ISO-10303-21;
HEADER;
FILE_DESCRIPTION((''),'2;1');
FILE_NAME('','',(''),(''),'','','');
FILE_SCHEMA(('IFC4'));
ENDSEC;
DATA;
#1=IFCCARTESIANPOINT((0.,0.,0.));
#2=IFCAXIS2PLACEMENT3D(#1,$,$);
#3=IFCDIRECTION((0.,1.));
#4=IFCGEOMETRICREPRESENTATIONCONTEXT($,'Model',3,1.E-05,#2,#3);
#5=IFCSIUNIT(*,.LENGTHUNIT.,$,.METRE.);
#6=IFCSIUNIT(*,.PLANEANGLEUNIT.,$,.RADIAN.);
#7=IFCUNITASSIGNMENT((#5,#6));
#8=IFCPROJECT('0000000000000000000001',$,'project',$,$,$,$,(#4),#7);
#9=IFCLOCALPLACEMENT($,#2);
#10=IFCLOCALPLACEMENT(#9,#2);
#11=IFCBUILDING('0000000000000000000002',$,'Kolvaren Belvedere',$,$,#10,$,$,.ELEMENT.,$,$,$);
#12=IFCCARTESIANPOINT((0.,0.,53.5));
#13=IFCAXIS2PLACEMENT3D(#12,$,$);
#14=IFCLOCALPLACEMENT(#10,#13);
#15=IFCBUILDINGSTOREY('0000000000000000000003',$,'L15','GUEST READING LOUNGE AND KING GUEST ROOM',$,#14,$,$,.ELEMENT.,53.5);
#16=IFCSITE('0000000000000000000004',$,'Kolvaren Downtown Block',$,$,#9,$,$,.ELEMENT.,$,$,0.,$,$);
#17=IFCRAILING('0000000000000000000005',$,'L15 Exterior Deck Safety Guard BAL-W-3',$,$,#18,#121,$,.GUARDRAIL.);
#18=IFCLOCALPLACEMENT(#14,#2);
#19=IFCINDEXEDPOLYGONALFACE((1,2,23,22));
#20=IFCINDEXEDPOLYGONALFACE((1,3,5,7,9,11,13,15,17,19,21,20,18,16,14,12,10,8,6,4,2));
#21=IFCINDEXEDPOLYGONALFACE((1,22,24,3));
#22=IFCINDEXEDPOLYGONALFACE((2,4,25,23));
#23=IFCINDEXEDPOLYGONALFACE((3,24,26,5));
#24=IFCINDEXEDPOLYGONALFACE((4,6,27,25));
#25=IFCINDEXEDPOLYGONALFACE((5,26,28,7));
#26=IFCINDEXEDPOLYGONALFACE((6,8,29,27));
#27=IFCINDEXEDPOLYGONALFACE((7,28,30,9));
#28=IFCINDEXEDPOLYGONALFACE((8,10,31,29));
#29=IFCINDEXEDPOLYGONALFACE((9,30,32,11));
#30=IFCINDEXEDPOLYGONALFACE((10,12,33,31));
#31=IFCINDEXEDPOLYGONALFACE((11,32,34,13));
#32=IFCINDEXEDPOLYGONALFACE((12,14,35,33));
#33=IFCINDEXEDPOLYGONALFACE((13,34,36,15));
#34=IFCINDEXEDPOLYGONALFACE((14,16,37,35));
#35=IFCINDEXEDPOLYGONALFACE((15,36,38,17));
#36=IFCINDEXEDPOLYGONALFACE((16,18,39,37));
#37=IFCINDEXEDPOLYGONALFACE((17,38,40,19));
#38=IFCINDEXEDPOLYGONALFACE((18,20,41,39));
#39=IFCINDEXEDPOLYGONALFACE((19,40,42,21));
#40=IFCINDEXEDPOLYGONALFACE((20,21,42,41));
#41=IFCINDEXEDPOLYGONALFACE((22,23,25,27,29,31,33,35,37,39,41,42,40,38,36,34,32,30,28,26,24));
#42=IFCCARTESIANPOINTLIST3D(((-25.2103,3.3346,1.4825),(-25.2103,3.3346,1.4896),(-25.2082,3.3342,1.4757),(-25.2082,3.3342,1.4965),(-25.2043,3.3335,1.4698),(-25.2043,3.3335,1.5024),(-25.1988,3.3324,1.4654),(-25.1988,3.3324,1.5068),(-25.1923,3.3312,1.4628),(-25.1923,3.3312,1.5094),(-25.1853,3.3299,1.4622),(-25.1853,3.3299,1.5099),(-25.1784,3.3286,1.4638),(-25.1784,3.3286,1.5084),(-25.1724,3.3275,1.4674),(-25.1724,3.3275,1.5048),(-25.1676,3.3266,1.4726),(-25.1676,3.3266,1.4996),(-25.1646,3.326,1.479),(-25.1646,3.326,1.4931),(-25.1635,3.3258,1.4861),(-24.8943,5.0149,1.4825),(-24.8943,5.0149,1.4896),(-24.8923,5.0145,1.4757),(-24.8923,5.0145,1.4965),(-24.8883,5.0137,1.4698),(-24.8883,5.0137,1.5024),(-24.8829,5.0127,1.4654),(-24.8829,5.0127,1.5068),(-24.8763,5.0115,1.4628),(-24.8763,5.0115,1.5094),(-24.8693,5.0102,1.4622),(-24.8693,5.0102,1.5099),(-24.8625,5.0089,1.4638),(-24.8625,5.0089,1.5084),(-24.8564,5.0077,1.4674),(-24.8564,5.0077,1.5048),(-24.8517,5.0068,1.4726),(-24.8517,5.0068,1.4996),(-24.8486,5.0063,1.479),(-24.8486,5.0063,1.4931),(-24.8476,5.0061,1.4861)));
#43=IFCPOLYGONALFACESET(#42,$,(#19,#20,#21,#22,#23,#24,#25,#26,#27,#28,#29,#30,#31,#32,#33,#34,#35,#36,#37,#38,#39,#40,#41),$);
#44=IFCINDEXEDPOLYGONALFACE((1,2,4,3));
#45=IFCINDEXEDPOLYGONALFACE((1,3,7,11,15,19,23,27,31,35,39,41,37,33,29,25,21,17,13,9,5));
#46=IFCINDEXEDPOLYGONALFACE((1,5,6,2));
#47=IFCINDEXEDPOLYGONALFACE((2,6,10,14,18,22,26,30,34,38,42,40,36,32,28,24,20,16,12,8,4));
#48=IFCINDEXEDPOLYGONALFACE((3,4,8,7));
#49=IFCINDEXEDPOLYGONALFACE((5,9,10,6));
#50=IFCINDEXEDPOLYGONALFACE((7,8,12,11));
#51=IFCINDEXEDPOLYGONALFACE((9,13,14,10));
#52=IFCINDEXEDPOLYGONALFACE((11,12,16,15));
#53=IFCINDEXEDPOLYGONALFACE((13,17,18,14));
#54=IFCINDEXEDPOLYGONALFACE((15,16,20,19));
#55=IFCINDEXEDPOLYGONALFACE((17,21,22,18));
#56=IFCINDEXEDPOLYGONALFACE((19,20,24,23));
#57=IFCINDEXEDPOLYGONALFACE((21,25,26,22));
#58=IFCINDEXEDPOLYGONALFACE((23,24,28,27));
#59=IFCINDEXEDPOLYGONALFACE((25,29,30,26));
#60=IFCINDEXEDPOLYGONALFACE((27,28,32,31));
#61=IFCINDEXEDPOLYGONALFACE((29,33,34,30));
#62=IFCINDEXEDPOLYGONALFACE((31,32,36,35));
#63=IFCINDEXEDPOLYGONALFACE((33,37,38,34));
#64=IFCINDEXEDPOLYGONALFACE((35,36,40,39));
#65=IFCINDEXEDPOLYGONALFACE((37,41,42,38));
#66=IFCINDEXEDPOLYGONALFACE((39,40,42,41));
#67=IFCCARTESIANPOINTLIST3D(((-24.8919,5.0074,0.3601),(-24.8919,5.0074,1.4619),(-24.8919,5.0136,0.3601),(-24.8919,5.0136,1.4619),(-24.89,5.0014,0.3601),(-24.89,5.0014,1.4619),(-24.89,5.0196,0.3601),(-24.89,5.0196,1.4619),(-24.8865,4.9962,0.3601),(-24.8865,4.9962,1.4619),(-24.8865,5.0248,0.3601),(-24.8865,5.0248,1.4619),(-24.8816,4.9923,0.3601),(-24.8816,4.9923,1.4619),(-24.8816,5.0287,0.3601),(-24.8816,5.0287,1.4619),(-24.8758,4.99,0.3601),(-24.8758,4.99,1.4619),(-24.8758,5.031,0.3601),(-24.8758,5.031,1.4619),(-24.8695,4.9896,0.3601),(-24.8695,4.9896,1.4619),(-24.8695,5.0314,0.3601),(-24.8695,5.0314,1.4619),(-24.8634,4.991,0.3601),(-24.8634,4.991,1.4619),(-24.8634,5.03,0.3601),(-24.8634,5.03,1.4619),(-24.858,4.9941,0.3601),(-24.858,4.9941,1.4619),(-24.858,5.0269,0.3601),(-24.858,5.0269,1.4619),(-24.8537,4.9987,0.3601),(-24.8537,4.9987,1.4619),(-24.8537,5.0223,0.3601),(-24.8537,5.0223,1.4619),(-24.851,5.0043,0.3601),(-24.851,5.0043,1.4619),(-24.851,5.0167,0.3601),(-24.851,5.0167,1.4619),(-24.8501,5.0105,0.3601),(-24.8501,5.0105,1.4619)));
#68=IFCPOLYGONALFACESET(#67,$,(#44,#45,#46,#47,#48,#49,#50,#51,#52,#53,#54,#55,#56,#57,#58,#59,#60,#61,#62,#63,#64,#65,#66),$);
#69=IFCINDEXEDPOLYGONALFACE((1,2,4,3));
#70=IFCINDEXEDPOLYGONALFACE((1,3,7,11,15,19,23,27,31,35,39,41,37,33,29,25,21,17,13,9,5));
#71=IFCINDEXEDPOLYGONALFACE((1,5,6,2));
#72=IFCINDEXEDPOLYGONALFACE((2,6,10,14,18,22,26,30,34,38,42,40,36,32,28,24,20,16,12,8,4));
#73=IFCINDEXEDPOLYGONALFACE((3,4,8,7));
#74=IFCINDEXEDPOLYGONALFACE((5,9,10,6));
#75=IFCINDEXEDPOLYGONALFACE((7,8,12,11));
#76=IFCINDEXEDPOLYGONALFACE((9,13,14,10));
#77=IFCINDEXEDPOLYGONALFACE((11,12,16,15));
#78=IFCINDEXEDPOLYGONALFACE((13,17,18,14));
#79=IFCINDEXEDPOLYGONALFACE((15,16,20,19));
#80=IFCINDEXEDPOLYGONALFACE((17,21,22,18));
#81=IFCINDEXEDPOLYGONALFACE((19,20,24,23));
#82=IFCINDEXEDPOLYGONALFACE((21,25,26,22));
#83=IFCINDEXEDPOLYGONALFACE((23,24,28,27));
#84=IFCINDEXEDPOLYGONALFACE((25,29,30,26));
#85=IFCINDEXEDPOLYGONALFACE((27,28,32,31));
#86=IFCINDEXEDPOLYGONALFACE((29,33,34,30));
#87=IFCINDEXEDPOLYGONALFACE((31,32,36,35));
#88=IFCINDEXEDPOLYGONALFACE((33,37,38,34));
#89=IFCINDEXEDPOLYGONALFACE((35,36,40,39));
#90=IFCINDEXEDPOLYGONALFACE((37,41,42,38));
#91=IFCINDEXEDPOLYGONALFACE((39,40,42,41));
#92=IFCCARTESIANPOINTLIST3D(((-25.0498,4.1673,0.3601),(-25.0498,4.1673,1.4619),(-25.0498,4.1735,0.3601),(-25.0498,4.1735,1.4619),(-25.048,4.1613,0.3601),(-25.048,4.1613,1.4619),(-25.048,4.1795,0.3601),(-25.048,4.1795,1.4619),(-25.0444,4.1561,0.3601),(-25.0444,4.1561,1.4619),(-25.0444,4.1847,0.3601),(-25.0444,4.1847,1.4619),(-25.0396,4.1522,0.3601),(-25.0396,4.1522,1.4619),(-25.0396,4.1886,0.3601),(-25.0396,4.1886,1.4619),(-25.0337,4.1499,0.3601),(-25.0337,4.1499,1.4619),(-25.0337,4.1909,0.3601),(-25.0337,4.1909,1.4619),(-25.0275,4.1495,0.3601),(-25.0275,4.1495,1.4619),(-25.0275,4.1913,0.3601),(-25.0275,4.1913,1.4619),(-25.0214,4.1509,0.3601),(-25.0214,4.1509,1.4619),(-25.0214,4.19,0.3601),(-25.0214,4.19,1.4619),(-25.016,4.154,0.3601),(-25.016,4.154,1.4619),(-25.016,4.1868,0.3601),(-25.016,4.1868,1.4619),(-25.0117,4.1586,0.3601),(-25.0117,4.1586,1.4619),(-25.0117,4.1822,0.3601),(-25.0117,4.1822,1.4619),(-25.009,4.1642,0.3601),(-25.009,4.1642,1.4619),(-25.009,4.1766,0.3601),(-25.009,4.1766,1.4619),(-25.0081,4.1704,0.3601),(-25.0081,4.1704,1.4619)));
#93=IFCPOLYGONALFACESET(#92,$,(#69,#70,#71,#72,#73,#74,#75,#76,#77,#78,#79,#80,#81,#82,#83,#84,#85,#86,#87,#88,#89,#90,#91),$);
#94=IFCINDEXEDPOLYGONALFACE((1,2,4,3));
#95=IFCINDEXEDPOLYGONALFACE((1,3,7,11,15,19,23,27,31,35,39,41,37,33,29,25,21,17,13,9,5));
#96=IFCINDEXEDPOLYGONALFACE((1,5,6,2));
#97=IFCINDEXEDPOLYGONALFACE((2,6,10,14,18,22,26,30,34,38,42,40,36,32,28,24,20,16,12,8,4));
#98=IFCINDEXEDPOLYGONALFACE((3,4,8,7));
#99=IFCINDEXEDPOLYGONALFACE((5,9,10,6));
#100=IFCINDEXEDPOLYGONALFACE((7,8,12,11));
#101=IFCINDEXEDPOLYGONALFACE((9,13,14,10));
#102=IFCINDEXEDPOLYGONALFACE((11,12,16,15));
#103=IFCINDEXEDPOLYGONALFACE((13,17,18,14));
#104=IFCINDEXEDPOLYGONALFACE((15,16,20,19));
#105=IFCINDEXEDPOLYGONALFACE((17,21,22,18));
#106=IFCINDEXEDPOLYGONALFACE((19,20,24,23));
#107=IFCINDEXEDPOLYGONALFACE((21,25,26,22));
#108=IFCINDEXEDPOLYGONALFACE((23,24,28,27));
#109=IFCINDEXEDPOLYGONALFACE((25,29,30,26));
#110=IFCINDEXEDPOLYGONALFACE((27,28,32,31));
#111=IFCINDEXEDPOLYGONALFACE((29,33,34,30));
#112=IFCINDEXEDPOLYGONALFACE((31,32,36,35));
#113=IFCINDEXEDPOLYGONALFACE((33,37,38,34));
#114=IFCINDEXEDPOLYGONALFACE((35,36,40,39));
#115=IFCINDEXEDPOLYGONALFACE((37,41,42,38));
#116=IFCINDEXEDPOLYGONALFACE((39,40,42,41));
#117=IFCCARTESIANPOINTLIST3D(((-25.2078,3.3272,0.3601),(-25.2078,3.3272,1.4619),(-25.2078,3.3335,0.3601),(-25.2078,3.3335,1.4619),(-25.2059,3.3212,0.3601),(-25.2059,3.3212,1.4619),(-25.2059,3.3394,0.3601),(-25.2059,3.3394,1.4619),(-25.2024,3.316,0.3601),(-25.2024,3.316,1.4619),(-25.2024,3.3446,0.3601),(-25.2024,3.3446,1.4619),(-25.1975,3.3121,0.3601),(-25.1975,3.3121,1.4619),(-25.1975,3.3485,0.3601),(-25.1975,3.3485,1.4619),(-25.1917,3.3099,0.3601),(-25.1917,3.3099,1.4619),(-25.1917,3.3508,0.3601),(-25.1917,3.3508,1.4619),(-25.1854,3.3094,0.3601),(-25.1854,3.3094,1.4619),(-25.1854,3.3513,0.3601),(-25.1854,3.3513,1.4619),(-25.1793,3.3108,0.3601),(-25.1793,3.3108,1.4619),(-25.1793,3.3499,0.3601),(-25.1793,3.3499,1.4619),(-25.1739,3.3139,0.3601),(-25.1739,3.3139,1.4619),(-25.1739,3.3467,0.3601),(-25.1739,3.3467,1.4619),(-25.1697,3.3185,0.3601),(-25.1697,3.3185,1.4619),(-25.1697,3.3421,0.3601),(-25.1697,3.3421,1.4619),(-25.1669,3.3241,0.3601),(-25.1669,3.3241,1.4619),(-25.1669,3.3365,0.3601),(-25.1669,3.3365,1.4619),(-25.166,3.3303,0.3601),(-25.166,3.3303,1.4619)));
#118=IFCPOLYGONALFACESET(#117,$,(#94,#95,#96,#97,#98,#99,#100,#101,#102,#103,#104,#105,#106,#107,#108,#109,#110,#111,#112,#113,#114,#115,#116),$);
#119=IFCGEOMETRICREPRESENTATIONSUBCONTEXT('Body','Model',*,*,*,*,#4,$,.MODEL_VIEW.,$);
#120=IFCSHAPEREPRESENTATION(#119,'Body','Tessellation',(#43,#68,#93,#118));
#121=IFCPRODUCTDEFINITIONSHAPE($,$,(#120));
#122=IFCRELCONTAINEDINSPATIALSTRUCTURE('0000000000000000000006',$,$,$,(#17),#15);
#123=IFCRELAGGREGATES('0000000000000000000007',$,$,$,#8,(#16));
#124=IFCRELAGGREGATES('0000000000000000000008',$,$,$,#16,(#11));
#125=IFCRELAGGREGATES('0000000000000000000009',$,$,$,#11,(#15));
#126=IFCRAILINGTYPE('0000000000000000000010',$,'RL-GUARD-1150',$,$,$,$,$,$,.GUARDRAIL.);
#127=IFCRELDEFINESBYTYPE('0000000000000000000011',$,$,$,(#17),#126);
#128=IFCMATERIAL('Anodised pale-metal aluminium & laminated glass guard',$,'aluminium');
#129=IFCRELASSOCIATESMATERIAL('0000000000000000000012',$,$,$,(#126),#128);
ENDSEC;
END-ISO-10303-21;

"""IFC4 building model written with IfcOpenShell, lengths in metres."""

from ifc_helpers import new_model, si_unit, direction, frame, origin, origin_2d, place, context, subcontext, project, spatial, circle, extrude, material, type_object, element, save


model = new_model("IFC4")

# Units and contexts
model_context = context("Model", 3, precision=1e-05, world=origin(), true_north=direction((0.0, 1.0)))
body_context = subcontext(model_context, "Body", "Model", "MODEL_VIEW")
ifc_project = project(units=[si_unit("LENGTHUNIT", "METRE"), si_unit("PLANEANGLEUNIT", "RADIAN")], contexts=[model_context])

# Site, building, storey
site_placement = place(None, origin())
site = spatial("IfcSite", under=ifc_project, at=site_placement, Name="Kolvaren Downtown Block", CompositionType="ELEMENT", RefElevation=0.0)
building_placement = place(site_placement, origin())
building = spatial("IfcBuilding", under=site, at=building_placement, Name="Kolvaren Belvedere", CompositionType="ELEMENT")
storey_placement = place(building_placement, frame((0.0, 0.0, 53.5)))
storey = spatial("IfcBuildingStorey", under=building, at=storey_placement, Name="L15", Description="GUEST READING LOUNGE AND KING GUEST ROOM", CompositionType="ELEMENT", Elevation=53.5)

# Railing
ifc_material_1 = material(Name="Anodised pale-metal aluminium & laminated glass guard", Category="aluminium")
railing_type = type_object("IfcRailingType", Name="RL-GUARD-1150", PredefinedType="GUARDRAIL", material=ifc_material_1)
railing_1_placement = place(storey_placement, frame((-24.8711, 5.0105, 0.3601)))
element("IfcRailing", 1, at=railing_1_placement, inside=storey, type_object=railing_type, Name="L15 Exterior Deck Safety Guard BAL-W-3", PredefinedType="GUARDRAIL", context=body_context, shape_type="SweptSolid", body=[
    extrude(circle(Radius=0.0239, at=origin_2d()), frame((0.0, 0.0, 1.126), z_axis=(-0.184789, -0.982778, 0.0), x_axis=(0.982778, -0.184789, 0.0)), (0.0, 0.0, 1.0), 1.7097),
    extrude(circle(Radius=0.021, at=origin_2d()), origin(), (0.0, 0.0, 1.0), 1.1018),
    extrude(circle(Radius=0.021, at=origin_2d()), frame((-0.158, -0.8401, 0.0)), (0.0, 0.0, 1.0), 1.1018),
    extrude(circle(Radius=0.021, at=origin_2d()), frame((-0.3159, -1.6802, 0.0)), (0.0, 0.0, 1.0), 1.1018),
])

save(model, "model.ifc")
